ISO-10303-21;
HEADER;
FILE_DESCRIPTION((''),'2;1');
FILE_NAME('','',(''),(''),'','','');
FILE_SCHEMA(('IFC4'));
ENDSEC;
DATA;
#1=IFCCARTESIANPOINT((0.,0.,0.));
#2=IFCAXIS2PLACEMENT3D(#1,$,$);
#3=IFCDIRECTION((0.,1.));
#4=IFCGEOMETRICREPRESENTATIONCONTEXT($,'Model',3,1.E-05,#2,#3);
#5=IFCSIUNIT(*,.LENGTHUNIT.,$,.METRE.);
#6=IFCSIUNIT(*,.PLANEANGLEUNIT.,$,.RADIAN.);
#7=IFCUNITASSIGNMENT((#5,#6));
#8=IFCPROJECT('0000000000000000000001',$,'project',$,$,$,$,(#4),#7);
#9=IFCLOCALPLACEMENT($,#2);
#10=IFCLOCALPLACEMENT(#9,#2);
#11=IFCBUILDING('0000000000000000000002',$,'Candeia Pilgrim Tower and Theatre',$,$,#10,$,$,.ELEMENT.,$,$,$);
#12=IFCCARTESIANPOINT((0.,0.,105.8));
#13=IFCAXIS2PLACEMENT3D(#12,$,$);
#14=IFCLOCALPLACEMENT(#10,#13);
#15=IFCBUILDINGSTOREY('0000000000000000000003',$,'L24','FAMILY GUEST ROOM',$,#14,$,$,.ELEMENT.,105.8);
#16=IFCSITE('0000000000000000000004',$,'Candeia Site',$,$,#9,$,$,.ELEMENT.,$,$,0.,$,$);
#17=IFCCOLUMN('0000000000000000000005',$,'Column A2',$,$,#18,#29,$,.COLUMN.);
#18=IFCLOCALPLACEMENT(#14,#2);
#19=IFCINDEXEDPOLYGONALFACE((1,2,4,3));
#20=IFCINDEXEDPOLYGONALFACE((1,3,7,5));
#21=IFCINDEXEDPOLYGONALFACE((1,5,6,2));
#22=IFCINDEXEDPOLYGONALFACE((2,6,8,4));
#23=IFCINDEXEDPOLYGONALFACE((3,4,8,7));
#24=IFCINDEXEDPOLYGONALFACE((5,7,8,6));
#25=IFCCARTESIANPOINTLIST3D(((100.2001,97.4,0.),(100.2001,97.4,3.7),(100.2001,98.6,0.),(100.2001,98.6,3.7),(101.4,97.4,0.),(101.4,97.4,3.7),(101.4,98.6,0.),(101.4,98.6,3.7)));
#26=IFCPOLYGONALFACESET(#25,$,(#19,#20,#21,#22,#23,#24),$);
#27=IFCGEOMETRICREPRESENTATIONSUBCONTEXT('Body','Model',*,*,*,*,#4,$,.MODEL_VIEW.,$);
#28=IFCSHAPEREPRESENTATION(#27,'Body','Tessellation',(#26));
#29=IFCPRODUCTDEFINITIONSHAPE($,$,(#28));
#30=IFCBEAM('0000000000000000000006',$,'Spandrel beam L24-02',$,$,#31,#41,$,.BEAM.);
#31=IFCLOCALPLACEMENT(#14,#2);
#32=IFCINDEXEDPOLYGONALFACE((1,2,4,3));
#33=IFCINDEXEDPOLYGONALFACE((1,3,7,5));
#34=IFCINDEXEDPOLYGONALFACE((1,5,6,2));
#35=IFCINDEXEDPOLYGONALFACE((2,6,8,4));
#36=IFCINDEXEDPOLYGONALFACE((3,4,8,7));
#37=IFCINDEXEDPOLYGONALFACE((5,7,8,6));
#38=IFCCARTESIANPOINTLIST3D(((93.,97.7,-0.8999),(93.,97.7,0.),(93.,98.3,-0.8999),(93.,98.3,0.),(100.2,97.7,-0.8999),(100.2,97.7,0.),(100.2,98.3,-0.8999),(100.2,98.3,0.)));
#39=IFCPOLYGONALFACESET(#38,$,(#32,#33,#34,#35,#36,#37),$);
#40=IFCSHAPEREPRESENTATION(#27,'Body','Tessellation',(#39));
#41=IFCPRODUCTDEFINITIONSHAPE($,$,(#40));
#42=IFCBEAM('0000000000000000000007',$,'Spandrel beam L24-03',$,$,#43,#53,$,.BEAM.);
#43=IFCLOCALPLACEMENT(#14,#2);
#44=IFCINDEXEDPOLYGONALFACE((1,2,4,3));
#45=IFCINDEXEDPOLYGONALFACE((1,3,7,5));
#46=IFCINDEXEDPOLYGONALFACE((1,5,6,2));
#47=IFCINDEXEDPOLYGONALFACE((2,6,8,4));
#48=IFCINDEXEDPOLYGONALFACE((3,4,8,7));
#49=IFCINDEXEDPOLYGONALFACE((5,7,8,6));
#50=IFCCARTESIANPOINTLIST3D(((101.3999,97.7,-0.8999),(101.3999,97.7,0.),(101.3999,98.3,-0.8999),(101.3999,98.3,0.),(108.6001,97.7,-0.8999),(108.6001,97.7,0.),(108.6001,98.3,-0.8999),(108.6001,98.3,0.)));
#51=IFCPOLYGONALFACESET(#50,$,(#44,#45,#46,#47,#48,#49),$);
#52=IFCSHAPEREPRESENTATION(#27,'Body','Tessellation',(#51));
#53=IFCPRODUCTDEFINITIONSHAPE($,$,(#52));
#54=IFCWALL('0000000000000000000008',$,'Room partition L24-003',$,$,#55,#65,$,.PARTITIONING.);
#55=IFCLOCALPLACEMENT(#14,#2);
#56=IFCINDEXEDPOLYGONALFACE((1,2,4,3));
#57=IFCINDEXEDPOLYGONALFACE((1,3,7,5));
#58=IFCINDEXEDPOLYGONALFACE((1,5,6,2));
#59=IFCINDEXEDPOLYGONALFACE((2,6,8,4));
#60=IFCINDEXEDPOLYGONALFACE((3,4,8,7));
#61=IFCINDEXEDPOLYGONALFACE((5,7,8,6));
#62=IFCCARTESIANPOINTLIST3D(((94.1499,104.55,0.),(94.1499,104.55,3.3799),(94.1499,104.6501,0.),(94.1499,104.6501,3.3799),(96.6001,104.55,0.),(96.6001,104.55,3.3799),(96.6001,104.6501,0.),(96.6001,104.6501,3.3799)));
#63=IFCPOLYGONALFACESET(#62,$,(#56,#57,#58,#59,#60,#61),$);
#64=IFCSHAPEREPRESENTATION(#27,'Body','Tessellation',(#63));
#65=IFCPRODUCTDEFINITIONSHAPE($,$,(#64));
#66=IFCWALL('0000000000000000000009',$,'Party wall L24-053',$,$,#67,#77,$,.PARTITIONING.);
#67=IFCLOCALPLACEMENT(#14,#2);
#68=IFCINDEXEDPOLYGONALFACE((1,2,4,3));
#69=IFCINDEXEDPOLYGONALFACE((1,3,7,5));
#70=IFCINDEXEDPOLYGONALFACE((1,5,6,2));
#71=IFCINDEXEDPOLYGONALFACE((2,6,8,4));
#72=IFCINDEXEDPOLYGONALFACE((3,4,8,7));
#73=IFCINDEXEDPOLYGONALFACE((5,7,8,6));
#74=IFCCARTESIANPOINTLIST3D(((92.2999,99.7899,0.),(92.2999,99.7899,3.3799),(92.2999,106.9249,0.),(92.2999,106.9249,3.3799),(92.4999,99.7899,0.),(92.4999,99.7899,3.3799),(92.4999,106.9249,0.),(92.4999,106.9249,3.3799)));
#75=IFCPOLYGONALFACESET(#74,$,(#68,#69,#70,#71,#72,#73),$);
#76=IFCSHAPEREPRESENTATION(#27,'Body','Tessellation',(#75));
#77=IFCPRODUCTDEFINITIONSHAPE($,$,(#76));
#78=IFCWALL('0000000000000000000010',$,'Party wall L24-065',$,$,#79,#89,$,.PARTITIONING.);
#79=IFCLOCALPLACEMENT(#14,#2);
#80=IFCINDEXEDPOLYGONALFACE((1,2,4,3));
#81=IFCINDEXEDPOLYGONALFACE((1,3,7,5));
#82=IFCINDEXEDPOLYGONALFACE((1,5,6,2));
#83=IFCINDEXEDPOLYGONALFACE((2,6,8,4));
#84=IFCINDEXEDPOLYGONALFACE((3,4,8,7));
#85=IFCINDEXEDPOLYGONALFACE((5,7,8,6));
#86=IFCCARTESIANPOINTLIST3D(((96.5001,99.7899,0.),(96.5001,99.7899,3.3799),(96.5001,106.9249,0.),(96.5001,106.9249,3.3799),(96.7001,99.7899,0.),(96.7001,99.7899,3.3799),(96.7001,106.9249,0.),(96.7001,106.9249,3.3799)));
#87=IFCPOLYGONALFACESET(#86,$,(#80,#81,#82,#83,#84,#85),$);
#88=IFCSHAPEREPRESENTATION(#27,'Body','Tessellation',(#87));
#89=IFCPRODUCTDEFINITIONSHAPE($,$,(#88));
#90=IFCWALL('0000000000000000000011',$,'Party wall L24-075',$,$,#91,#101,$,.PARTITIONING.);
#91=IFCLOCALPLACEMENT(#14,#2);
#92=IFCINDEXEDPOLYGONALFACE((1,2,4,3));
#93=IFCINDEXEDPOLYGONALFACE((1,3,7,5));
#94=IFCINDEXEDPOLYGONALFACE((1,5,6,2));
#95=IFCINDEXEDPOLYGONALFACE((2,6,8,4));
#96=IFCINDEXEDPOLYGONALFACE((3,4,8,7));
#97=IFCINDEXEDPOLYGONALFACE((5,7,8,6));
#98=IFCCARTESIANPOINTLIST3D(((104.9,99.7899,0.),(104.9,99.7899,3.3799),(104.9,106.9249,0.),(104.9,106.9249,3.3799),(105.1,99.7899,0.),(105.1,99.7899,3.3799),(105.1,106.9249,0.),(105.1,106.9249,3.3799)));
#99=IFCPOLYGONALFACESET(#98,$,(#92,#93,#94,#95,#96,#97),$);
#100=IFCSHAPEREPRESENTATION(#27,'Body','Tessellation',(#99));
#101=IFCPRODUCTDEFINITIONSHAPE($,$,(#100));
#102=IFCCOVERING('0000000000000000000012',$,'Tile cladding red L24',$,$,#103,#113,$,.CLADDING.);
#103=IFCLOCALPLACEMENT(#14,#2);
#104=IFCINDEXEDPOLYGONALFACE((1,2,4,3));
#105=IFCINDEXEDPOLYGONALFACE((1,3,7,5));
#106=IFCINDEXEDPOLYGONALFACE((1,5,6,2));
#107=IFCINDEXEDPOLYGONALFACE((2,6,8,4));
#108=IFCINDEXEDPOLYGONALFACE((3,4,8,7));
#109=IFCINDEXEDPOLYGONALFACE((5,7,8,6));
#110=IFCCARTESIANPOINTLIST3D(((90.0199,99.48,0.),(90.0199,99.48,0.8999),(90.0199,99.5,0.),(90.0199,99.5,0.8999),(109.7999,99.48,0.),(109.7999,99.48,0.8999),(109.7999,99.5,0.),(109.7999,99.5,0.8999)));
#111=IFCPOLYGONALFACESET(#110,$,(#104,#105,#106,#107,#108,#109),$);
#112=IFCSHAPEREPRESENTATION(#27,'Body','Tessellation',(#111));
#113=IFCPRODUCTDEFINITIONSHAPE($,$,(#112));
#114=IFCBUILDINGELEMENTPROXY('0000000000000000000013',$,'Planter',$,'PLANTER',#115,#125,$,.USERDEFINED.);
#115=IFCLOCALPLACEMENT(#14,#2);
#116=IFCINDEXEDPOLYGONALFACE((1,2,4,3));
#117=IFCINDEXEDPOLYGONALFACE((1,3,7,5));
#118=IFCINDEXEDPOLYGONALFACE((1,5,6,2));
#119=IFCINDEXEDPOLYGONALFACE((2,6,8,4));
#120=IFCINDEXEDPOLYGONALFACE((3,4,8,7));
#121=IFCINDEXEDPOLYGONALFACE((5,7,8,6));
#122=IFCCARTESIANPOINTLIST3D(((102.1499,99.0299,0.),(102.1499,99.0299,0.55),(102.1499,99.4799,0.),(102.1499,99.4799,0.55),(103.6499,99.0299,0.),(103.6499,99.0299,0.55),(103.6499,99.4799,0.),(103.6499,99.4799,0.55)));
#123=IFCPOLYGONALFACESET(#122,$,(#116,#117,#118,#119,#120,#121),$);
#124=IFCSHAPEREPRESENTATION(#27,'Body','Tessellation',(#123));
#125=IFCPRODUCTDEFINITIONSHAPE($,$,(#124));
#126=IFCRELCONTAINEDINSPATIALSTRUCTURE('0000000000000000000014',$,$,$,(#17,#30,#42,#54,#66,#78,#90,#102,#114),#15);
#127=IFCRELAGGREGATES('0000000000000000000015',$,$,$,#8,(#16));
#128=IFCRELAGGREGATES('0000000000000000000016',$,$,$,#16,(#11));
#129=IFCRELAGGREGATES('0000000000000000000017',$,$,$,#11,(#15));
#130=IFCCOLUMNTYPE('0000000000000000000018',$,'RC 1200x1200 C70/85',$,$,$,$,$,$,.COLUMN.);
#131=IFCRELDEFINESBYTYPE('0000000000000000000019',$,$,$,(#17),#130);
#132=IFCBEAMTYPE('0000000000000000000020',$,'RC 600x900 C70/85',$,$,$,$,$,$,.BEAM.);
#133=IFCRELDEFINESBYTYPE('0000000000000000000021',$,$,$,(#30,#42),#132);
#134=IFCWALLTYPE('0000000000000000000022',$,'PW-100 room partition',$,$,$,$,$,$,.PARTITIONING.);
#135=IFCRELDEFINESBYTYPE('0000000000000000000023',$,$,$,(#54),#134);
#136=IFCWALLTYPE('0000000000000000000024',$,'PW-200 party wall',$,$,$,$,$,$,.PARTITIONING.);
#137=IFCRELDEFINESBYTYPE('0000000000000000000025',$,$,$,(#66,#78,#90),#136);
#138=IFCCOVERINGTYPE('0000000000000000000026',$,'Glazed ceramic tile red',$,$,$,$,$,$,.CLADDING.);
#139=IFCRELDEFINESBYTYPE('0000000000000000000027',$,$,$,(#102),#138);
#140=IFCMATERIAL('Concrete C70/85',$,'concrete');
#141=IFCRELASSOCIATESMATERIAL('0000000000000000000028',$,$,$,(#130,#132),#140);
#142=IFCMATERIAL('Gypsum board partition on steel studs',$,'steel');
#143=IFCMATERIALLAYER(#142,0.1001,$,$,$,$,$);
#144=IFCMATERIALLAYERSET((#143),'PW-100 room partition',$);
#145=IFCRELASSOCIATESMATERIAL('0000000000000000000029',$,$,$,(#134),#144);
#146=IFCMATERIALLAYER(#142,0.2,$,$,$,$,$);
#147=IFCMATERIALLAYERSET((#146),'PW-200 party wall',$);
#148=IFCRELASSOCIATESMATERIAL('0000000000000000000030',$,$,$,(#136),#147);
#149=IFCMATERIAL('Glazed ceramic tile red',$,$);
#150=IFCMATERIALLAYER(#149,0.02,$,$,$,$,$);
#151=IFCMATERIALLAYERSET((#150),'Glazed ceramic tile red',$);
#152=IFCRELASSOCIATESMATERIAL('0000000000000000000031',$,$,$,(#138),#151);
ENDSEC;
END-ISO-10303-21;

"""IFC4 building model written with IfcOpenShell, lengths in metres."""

from ifc_helpers import new_model, si_unit, direction, frame, frame_2d, origin, origin_2d, place, context, subcontext, project, spatial, rectangle, extrude, material, layer, layer_set, material_profile, profile_set, type_object, element, save


model = new_model("IFC4")

# Units and contexts
model_context = context("Model", 3, precision=1e-05, world=origin(), true_north=direction((0.0, 1.0)))
body_context = subcontext(model_context, "Body", "Model", "MODEL_VIEW")
ifc_project = project(units=[si_unit("LENGTHUNIT", "METRE"), si_unit("PLANEANGLEUNIT", "RADIAN")], contexts=[model_context])

# Site, building, storey
site_placement = place(None, origin())
site = spatial("IfcSite", under=ifc_project, at=site_placement, Name="Candeia Site", CompositionType="ELEMENT", RefElevation=0.0)
building_placement = place(site_placement, origin())
building = spatial("IfcBuilding", under=site, at=building_placement, Name="Candeia Pilgrim Tower and Theatre", CompositionType="ELEMENT")
storey_placement = place(building_placement, frame((0.0, 0.0, 105.8)))
storey = spatial("IfcBuildingStorey", under=building, at=storey_placement, Name="L24", Description="FAMILY GUEST ROOM", CompositionType="ELEMENT", Elevation=105.8)

# Column
ifc_material_1 = material(Name="Concrete C70/85", Category="concrete")
ifc_material_profile_1 = material_profile(ifc_material_1, rectangle(XDim=1.2, YDim=1.2, at=origin_2d()))
ifc_profile_set_1 = profile_set([ifc_material_profile_1], Name="Concrete C70/85")
column_type = type_object("IfcColumnType", Name="RC 1200x1200 C70/85", PredefinedType="COLUMN", material=ifc_profile_set_1)
column_placement = place(storey_placement, frame((100.8, 98.0, 0.0), z_axis=(0.0, 0.0, 1.0), x_axis=(1.0, 0.0, 0.0)))
element("IfcColumn", 1, at=column_placement, inside=storey, type_object=column_type, Name="Column A2", PredefinedType="COLUMN", context=body_context, shape_type="SweptSolid", body=[
    extrude(rectangle(XDim=1.2, YDim=1.2, at=origin_2d()), origin(), (0.0, 0.0, 1.0), 3.7),
])

# Beams
ifc_material_profile_2 = material_profile(ifc_material_1, rectangle(XDim=0.6001, YDim=0.8999, at=origin_2d()))
ifc_profile_set_2 = profile_set([ifc_material_profile_2], Name="Concrete C70/85")
beam_type = type_object("IfcBeamType", Name="RC 600x900 C70/85", PredefinedType="BEAM", material=ifc_profile_set_2)
beam_1_placement = place(storey_placement, frame((93.0, 98.0, -0.45), z_axis=(1.0, 0.0, 0.0), x_axis=(0.0, 1.0, 0.0)))
element("IfcBeam", 2, at=beam_1_placement, inside=storey, type_object=beam_type, Name="Spandrel beam L24-02", PredefinedType="BEAM", context=body_context, shape_type="SweptSolid", body=[
    extrude(rectangle(XDim=0.6001, YDim=0.8999, at=origin_2d()), origin(), (0.0, 0.0, 1.0), 7.2),
])
beam_2_placement = place(storey_placement, frame((101.3999, 98.0, -0.45), z_axis=(1.0, 0.0, 0.0), x_axis=(0.0, 1.0, 0.0)))
element("IfcBeam", 3, at=beam_2_placement, inside=storey, type_object=beam_type, Name="Spandrel beam L24-03", PredefinedType="BEAM", context=body_context, shape_type="SweptSolid", body=[
    extrude(rectangle(XDim=0.6001, YDim=0.8999, at=origin_2d()), origin(), (0.0, 0.0, 1.0), 7.2002),
])

# Walls
ifc_material_2 = material(Name="Gypsum board partition on steel studs", Category="steel")
ifc_layer_1 = layer(ifc_material_2, 0.1001)
ifc_layer_set_1 = layer_set([ifc_layer_1], Name="PW-100 room partition")
wall_type_1 = type_object("IfcWallType", Name="PW-100 room partition", PredefinedType="PARTITIONING", material=ifc_layer_set_1)
wall_placement = place(storey_placement, frame((94.1499, 104.6001, 0.0), z_axis=(0.0, 0.0, 1.0), x_axis=(1.0, 0.0, 0.0)))
element("IfcWall", 4, at=wall_placement, inside=storey, type_object=wall_type_1, Name="Room partition L24-003", PredefinedType="PARTITIONING", context=body_context, shape_type="SweptSolid", body=[
    extrude(rectangle(XDim=2.4502, YDim=0.1001, at=frame_2d((1.2251, 0.0))), origin(), (0.0, 0.0, 1.0), 3.3799),
])
ifc_layer_2 = layer(ifc_material_2, 0.2)
ifc_layer_set_2 = layer_set([ifc_layer_2], Name="PW-200 party wall")
wall_type_2 = type_object("IfcWallType", Name="PW-200 party wall", PredefinedType="PARTITIONING", material=ifc_layer_set_2)
for number, where, z_axis, x_axis, name in (
    (5, (92.3999, 99.79, 0.0), (0.0, 0.0, 1.0), (0.0, 1.0, 0.0), "Party wall L24-053"),
    (6, (96.6001, 99.79, 0.0), (0.0, 0.0, 1.0), (0.0, 1.0, 0.0), "Party wall L24-065"),
    (7, (105.0, 99.79, 0.0), (0.0, 0.0, 1.0), (0.0, 1.0, 0.0), "Party wall L24-075"),
):
    element("IfcWall", number, at=place(storey_placement, frame(where, z_axis=z_axis, x_axis=x_axis)), inside=storey, type_object=wall_type_2, Name=name, PredefinedType="PARTITIONING", context=body_context, shape_type="SweptSolid", body=[
        extrude(rectangle(XDim=7.135, YDim=0.2, at=frame_2d((3.5674, 0.0))), origin(), (0.0, 0.0, 1.0), 3.3799),
    ])

# Covering
ifc_material_3 = material(Name="Glazed ceramic tile red")
ifc_layer_3 = layer(ifc_material_3, 0.02)
ifc_layer_set_3 = layer_set([ifc_layer_3], Name="Glazed ceramic tile red")
covering_type = type_object("IfcCoveringType", Name="Glazed ceramic tile red", PredefinedType="CLADDING", material=ifc_layer_set_3)
covering_placement = place(storey_placement, frame((99.9099, 99.49, 0.0), z_axis=(0.0, 0.0, 1.0), x_axis=(1.0, 0.0, 0.0)))
element("IfcCovering", 8, at=covering_placement, inside=storey, type_object=covering_type, Name="Tile cladding red L24", PredefinedType="CLADDING", context=body_context, shape_type="SweptSolid", body=[
    extrude(rectangle(XDim=19.78, YDim=0.02, at=origin_2d()), origin(), (0.0, 0.0, 1.0), 0.8999),
])

# Building element proxy
proxy_placement = place(storey_placement, frame((102.8999, 99.2549, 0.0), z_axis=(0.0, 0.0, 1.0), x_axis=(1.0, 0.0, 0.0)))
element("IfcBuildingElementProxy", 9, at=proxy_placement, inside=storey, Name="Planter", ObjectType="PLANTER", PredefinedType="USERDEFINED", context=body_context, shape_type="SweptSolid", body=[
    extrude(rectangle(XDim=1.5, YDim=0.45, at=origin_2d()), origin(), (0.0, 0.0, 1.0), 0.55),
])

save(model, "model.ifc")
